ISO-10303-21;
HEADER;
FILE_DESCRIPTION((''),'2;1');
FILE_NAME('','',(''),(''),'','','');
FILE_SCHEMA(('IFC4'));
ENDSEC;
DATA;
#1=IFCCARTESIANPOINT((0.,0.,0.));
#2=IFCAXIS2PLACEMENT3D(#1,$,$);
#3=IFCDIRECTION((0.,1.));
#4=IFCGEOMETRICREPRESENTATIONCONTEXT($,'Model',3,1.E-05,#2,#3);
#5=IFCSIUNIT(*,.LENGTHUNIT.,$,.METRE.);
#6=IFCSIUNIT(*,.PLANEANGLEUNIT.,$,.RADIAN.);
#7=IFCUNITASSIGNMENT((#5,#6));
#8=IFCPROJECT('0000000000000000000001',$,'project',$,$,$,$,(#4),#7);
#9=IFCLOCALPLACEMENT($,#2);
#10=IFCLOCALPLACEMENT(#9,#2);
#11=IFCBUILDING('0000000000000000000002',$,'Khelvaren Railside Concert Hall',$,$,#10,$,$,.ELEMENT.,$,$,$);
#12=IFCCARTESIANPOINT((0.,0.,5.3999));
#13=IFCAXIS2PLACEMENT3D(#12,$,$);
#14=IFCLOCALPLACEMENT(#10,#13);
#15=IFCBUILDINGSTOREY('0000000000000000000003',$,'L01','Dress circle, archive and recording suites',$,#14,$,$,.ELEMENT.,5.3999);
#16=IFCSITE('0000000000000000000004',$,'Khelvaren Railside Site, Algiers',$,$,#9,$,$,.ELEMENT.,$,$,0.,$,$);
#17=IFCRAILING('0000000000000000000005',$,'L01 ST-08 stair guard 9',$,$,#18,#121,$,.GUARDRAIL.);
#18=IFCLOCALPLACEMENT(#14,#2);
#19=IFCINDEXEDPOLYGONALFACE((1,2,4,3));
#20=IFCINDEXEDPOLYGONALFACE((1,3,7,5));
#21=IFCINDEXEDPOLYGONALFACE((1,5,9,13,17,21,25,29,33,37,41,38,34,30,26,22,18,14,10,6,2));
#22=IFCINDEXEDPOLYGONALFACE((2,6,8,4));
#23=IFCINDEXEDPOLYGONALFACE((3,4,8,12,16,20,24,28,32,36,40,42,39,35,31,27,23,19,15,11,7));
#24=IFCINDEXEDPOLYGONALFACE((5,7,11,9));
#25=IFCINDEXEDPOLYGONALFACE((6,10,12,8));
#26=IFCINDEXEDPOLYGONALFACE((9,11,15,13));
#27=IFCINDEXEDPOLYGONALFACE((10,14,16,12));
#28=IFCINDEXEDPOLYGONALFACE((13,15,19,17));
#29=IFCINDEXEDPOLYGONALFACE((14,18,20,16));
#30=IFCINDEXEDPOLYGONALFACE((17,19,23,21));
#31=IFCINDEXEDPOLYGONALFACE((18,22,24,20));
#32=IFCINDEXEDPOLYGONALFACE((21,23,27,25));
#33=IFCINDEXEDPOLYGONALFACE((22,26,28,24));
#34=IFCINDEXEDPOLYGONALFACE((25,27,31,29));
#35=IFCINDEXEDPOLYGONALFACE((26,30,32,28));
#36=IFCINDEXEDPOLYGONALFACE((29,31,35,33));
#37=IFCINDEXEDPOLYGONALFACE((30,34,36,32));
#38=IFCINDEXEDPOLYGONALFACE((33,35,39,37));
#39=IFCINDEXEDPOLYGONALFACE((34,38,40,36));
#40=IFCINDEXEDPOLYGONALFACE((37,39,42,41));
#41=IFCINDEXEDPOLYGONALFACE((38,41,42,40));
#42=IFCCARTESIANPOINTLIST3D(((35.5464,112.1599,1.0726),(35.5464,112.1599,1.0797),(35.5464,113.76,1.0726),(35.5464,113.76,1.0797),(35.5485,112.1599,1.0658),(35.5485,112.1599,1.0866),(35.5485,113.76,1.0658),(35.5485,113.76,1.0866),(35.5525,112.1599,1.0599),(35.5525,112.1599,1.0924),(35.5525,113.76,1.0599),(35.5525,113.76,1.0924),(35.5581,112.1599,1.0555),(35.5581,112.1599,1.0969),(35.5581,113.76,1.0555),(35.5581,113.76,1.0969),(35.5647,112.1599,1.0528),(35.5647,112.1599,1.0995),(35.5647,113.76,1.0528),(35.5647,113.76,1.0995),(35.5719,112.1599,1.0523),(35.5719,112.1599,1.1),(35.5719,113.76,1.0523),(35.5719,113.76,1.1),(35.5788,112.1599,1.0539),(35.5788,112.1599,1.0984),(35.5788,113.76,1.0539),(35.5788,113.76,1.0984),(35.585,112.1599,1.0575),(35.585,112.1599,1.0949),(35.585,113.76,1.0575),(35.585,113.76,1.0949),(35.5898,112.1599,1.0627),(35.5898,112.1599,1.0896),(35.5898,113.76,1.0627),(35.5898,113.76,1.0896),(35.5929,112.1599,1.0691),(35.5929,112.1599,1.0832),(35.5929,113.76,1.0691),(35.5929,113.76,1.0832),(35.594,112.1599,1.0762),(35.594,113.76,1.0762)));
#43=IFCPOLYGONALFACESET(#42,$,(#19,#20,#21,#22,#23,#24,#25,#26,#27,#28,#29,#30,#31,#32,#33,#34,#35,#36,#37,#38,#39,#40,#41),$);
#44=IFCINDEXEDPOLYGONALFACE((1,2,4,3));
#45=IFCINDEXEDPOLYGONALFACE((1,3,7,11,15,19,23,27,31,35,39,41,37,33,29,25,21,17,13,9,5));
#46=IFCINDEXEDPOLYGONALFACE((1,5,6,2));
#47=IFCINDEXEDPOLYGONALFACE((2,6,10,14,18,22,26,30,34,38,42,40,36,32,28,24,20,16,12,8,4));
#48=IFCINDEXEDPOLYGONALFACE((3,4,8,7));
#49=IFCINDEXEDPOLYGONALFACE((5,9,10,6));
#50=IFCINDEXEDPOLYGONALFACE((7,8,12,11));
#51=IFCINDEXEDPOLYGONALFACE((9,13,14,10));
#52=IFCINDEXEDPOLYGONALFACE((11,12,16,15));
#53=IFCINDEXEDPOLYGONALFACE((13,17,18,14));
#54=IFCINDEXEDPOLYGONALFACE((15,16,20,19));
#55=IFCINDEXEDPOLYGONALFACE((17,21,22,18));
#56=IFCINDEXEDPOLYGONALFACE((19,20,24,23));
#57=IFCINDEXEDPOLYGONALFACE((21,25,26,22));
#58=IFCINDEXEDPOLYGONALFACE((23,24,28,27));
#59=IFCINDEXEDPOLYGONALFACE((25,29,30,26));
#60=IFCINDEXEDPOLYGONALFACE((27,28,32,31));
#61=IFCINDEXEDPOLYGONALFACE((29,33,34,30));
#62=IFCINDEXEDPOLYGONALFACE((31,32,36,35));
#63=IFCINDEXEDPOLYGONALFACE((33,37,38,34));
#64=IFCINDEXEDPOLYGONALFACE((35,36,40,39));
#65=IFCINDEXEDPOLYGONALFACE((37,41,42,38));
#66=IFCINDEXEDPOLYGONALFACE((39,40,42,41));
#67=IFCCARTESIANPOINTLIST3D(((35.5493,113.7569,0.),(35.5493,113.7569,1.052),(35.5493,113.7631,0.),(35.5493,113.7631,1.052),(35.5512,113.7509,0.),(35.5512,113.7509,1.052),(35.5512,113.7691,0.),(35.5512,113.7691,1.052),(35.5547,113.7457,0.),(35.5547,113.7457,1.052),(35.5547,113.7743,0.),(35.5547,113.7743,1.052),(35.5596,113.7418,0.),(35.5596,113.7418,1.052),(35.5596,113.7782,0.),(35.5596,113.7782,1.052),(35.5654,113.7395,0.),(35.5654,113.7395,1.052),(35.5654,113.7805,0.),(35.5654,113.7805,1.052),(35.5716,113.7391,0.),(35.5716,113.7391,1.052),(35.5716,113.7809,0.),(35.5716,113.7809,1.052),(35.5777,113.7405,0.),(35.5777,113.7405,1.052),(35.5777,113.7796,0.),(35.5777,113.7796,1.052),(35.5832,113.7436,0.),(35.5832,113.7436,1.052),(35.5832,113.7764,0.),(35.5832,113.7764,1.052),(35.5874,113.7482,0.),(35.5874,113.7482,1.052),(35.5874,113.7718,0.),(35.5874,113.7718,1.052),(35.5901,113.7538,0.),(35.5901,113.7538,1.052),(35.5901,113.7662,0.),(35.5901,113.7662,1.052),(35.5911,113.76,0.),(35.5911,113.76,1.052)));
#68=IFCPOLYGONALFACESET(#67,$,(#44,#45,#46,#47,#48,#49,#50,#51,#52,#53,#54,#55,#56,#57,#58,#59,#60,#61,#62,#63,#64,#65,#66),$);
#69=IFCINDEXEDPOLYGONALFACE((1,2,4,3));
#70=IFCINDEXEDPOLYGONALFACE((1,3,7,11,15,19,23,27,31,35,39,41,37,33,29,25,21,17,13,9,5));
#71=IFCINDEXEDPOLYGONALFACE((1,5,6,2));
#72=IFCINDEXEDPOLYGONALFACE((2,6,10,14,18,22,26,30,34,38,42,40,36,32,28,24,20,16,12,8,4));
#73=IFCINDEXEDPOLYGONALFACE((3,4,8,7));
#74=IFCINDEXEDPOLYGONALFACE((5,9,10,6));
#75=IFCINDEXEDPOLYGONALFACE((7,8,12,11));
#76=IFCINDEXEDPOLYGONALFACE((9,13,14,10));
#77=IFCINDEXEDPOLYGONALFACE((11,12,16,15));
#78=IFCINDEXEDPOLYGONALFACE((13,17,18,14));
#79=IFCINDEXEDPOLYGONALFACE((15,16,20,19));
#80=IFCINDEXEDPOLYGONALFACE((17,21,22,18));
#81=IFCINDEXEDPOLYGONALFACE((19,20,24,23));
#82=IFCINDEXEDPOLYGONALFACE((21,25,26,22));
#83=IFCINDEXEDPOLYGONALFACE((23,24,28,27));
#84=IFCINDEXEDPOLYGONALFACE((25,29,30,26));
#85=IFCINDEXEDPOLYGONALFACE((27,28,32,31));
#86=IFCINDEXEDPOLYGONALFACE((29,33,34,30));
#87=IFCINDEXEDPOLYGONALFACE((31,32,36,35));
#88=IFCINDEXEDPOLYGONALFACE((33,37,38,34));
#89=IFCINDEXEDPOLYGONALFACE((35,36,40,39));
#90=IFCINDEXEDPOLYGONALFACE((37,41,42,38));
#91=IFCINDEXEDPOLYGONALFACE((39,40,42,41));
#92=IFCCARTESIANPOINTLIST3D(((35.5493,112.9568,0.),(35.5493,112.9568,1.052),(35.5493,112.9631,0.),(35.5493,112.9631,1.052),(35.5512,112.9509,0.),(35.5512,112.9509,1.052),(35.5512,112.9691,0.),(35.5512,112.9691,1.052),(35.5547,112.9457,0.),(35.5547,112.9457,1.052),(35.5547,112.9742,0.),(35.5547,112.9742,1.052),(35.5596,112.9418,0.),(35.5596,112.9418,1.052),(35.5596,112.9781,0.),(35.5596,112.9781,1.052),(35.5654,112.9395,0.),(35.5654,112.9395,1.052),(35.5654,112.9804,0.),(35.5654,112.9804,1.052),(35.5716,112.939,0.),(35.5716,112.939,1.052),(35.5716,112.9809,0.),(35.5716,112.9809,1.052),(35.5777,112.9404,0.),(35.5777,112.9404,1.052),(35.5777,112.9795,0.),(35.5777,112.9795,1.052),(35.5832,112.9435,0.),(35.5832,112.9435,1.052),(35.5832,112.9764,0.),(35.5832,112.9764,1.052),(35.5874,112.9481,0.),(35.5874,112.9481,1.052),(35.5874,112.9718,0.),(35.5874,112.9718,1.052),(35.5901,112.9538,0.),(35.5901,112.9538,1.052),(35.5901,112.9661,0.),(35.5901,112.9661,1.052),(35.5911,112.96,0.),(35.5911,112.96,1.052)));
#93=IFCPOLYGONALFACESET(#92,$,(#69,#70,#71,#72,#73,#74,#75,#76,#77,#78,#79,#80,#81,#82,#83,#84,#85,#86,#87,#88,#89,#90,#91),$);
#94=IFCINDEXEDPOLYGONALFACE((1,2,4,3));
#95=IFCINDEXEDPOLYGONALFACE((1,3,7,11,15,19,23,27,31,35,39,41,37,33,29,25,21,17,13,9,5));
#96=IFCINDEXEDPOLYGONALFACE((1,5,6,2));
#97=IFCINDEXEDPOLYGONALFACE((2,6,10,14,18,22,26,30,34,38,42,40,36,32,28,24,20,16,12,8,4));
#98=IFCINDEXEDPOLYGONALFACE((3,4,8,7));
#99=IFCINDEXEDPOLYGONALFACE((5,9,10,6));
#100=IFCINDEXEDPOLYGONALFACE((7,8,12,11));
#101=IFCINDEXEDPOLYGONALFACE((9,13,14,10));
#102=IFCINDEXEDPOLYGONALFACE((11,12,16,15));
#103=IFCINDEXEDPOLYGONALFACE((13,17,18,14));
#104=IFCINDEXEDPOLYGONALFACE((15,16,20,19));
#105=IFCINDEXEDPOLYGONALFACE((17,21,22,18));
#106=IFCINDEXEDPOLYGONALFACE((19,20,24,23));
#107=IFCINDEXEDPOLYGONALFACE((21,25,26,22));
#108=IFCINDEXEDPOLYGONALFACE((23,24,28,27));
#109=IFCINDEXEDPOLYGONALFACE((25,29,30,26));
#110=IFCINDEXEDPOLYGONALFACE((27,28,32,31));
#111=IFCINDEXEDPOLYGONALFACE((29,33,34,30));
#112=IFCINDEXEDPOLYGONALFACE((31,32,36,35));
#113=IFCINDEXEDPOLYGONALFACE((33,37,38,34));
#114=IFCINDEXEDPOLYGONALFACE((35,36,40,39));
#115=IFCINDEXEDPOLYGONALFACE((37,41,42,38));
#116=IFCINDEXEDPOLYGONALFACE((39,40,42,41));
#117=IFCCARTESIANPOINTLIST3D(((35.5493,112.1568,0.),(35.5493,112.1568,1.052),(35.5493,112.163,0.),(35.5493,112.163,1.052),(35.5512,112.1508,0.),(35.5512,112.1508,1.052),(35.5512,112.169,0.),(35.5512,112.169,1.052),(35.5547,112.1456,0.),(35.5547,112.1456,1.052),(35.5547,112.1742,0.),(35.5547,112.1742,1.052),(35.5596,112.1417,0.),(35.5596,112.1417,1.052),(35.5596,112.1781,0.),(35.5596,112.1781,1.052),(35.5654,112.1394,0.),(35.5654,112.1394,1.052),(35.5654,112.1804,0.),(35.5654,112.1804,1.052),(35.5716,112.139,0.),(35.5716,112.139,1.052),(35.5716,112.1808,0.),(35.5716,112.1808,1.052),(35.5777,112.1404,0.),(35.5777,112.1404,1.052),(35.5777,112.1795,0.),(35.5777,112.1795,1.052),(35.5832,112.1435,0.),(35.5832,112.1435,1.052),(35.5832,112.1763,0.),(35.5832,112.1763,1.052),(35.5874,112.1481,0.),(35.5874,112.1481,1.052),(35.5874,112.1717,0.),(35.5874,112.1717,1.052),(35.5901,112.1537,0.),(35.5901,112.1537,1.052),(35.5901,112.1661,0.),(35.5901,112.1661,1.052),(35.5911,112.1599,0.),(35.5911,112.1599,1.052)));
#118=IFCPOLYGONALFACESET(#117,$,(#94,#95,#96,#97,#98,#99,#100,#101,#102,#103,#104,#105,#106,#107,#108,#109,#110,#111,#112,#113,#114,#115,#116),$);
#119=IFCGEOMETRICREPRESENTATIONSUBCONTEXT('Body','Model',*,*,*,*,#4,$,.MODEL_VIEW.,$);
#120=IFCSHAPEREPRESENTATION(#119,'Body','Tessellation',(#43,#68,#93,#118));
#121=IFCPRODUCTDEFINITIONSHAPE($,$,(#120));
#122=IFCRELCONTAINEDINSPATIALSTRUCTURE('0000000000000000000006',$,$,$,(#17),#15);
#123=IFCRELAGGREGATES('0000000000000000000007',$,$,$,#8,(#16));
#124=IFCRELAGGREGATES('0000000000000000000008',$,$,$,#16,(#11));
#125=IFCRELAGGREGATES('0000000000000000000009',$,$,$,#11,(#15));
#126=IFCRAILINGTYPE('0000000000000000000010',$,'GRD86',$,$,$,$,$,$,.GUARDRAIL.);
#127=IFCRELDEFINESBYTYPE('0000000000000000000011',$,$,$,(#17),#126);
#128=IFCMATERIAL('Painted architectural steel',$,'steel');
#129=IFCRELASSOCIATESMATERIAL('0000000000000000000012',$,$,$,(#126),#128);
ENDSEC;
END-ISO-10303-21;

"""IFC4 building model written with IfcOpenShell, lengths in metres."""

from ifc_helpers import new_model, si_unit, direction, frame, origin, origin_2d, place, context, subcontext, project, spatial, circle, extrude, material, type_object, element, save


model = new_model("IFC4")

# Units and contexts
model_context = context("Model", 3, precision=1e-05, world=origin(), true_north=direction((0.0, 1.0)))
body_context = subcontext(model_context, "Body", "Model", "MODEL_VIEW")
ifc_project = project(units=[si_unit("LENGTHUNIT", "METRE"), si_unit("PLANEANGLEUNIT", "RADIAN")], contexts=[model_context])

# Site, building, storey
site_placement = place(None, origin())
site = spatial("IfcSite", under=ifc_project, at=site_placement, Name="Khelvaren Railside Site, Algiers", CompositionType="ELEMENT", RefElevation=0.0)
building_placement = place(site_placement, origin())
building = spatial("IfcBuilding", under=site, at=building_placement, Name="Khelvaren Railside Concert Hall", CompositionType="ELEMENT")
storey_placement = place(building_placement, frame((0.0, 0.0, 5.3999)))
storey = spatial("IfcBuildingStorey", under=building, at=storey_placement, Name="L01", Description="Dress circle, archive and recording suites", CompositionType="ELEMENT", Elevation=5.3999)

# Railing
ifc_material_1 = material(Name="Painted architectural steel", Category="steel")
railing_type_1 = type_object("IfcRailingType", Name="GRD86", PredefinedType="GUARDRAIL", material=ifc_material_1)
for number, where, name in (
    (1, (35.5701, 113.76, 0.0), "L01 ST-08 stair guard 9"),
):
    element("IfcRailing", number, at=place(storey_placement, frame(where)), inside=storey, type_object=railing_type_1, Name=name, PredefinedType="GUARDRAIL", context=body_context, shape_type="SweptSolid", body=[
        extrude(circle(Radius=0.0239, at=origin_2d()), frame((0.0, 0.0, 1.0762), z_axis=(0.0, -1.0, 0.0), x_axis=(1.0, 0.0, 0.0)), (0.0, 0.0, 1.0), 1.6001),
        extrude(circle(Radius=0.021, at=origin_2d()), origin(), (0.0, 0.0, 1.0), 1.052),
        extrude(circle(Radius=0.021, at=origin_2d()), frame((0.0, -0.8, 0.0)), (0.0, 0.0, 1.0), 1.052),
        extrude(circle(Radius=0.021, at=origin_2d()), frame((0.0, -1.6001, 0.0)), (0.0, 0.0, 1.0), 1.052),
    ])

save(model, "model.ifc")
